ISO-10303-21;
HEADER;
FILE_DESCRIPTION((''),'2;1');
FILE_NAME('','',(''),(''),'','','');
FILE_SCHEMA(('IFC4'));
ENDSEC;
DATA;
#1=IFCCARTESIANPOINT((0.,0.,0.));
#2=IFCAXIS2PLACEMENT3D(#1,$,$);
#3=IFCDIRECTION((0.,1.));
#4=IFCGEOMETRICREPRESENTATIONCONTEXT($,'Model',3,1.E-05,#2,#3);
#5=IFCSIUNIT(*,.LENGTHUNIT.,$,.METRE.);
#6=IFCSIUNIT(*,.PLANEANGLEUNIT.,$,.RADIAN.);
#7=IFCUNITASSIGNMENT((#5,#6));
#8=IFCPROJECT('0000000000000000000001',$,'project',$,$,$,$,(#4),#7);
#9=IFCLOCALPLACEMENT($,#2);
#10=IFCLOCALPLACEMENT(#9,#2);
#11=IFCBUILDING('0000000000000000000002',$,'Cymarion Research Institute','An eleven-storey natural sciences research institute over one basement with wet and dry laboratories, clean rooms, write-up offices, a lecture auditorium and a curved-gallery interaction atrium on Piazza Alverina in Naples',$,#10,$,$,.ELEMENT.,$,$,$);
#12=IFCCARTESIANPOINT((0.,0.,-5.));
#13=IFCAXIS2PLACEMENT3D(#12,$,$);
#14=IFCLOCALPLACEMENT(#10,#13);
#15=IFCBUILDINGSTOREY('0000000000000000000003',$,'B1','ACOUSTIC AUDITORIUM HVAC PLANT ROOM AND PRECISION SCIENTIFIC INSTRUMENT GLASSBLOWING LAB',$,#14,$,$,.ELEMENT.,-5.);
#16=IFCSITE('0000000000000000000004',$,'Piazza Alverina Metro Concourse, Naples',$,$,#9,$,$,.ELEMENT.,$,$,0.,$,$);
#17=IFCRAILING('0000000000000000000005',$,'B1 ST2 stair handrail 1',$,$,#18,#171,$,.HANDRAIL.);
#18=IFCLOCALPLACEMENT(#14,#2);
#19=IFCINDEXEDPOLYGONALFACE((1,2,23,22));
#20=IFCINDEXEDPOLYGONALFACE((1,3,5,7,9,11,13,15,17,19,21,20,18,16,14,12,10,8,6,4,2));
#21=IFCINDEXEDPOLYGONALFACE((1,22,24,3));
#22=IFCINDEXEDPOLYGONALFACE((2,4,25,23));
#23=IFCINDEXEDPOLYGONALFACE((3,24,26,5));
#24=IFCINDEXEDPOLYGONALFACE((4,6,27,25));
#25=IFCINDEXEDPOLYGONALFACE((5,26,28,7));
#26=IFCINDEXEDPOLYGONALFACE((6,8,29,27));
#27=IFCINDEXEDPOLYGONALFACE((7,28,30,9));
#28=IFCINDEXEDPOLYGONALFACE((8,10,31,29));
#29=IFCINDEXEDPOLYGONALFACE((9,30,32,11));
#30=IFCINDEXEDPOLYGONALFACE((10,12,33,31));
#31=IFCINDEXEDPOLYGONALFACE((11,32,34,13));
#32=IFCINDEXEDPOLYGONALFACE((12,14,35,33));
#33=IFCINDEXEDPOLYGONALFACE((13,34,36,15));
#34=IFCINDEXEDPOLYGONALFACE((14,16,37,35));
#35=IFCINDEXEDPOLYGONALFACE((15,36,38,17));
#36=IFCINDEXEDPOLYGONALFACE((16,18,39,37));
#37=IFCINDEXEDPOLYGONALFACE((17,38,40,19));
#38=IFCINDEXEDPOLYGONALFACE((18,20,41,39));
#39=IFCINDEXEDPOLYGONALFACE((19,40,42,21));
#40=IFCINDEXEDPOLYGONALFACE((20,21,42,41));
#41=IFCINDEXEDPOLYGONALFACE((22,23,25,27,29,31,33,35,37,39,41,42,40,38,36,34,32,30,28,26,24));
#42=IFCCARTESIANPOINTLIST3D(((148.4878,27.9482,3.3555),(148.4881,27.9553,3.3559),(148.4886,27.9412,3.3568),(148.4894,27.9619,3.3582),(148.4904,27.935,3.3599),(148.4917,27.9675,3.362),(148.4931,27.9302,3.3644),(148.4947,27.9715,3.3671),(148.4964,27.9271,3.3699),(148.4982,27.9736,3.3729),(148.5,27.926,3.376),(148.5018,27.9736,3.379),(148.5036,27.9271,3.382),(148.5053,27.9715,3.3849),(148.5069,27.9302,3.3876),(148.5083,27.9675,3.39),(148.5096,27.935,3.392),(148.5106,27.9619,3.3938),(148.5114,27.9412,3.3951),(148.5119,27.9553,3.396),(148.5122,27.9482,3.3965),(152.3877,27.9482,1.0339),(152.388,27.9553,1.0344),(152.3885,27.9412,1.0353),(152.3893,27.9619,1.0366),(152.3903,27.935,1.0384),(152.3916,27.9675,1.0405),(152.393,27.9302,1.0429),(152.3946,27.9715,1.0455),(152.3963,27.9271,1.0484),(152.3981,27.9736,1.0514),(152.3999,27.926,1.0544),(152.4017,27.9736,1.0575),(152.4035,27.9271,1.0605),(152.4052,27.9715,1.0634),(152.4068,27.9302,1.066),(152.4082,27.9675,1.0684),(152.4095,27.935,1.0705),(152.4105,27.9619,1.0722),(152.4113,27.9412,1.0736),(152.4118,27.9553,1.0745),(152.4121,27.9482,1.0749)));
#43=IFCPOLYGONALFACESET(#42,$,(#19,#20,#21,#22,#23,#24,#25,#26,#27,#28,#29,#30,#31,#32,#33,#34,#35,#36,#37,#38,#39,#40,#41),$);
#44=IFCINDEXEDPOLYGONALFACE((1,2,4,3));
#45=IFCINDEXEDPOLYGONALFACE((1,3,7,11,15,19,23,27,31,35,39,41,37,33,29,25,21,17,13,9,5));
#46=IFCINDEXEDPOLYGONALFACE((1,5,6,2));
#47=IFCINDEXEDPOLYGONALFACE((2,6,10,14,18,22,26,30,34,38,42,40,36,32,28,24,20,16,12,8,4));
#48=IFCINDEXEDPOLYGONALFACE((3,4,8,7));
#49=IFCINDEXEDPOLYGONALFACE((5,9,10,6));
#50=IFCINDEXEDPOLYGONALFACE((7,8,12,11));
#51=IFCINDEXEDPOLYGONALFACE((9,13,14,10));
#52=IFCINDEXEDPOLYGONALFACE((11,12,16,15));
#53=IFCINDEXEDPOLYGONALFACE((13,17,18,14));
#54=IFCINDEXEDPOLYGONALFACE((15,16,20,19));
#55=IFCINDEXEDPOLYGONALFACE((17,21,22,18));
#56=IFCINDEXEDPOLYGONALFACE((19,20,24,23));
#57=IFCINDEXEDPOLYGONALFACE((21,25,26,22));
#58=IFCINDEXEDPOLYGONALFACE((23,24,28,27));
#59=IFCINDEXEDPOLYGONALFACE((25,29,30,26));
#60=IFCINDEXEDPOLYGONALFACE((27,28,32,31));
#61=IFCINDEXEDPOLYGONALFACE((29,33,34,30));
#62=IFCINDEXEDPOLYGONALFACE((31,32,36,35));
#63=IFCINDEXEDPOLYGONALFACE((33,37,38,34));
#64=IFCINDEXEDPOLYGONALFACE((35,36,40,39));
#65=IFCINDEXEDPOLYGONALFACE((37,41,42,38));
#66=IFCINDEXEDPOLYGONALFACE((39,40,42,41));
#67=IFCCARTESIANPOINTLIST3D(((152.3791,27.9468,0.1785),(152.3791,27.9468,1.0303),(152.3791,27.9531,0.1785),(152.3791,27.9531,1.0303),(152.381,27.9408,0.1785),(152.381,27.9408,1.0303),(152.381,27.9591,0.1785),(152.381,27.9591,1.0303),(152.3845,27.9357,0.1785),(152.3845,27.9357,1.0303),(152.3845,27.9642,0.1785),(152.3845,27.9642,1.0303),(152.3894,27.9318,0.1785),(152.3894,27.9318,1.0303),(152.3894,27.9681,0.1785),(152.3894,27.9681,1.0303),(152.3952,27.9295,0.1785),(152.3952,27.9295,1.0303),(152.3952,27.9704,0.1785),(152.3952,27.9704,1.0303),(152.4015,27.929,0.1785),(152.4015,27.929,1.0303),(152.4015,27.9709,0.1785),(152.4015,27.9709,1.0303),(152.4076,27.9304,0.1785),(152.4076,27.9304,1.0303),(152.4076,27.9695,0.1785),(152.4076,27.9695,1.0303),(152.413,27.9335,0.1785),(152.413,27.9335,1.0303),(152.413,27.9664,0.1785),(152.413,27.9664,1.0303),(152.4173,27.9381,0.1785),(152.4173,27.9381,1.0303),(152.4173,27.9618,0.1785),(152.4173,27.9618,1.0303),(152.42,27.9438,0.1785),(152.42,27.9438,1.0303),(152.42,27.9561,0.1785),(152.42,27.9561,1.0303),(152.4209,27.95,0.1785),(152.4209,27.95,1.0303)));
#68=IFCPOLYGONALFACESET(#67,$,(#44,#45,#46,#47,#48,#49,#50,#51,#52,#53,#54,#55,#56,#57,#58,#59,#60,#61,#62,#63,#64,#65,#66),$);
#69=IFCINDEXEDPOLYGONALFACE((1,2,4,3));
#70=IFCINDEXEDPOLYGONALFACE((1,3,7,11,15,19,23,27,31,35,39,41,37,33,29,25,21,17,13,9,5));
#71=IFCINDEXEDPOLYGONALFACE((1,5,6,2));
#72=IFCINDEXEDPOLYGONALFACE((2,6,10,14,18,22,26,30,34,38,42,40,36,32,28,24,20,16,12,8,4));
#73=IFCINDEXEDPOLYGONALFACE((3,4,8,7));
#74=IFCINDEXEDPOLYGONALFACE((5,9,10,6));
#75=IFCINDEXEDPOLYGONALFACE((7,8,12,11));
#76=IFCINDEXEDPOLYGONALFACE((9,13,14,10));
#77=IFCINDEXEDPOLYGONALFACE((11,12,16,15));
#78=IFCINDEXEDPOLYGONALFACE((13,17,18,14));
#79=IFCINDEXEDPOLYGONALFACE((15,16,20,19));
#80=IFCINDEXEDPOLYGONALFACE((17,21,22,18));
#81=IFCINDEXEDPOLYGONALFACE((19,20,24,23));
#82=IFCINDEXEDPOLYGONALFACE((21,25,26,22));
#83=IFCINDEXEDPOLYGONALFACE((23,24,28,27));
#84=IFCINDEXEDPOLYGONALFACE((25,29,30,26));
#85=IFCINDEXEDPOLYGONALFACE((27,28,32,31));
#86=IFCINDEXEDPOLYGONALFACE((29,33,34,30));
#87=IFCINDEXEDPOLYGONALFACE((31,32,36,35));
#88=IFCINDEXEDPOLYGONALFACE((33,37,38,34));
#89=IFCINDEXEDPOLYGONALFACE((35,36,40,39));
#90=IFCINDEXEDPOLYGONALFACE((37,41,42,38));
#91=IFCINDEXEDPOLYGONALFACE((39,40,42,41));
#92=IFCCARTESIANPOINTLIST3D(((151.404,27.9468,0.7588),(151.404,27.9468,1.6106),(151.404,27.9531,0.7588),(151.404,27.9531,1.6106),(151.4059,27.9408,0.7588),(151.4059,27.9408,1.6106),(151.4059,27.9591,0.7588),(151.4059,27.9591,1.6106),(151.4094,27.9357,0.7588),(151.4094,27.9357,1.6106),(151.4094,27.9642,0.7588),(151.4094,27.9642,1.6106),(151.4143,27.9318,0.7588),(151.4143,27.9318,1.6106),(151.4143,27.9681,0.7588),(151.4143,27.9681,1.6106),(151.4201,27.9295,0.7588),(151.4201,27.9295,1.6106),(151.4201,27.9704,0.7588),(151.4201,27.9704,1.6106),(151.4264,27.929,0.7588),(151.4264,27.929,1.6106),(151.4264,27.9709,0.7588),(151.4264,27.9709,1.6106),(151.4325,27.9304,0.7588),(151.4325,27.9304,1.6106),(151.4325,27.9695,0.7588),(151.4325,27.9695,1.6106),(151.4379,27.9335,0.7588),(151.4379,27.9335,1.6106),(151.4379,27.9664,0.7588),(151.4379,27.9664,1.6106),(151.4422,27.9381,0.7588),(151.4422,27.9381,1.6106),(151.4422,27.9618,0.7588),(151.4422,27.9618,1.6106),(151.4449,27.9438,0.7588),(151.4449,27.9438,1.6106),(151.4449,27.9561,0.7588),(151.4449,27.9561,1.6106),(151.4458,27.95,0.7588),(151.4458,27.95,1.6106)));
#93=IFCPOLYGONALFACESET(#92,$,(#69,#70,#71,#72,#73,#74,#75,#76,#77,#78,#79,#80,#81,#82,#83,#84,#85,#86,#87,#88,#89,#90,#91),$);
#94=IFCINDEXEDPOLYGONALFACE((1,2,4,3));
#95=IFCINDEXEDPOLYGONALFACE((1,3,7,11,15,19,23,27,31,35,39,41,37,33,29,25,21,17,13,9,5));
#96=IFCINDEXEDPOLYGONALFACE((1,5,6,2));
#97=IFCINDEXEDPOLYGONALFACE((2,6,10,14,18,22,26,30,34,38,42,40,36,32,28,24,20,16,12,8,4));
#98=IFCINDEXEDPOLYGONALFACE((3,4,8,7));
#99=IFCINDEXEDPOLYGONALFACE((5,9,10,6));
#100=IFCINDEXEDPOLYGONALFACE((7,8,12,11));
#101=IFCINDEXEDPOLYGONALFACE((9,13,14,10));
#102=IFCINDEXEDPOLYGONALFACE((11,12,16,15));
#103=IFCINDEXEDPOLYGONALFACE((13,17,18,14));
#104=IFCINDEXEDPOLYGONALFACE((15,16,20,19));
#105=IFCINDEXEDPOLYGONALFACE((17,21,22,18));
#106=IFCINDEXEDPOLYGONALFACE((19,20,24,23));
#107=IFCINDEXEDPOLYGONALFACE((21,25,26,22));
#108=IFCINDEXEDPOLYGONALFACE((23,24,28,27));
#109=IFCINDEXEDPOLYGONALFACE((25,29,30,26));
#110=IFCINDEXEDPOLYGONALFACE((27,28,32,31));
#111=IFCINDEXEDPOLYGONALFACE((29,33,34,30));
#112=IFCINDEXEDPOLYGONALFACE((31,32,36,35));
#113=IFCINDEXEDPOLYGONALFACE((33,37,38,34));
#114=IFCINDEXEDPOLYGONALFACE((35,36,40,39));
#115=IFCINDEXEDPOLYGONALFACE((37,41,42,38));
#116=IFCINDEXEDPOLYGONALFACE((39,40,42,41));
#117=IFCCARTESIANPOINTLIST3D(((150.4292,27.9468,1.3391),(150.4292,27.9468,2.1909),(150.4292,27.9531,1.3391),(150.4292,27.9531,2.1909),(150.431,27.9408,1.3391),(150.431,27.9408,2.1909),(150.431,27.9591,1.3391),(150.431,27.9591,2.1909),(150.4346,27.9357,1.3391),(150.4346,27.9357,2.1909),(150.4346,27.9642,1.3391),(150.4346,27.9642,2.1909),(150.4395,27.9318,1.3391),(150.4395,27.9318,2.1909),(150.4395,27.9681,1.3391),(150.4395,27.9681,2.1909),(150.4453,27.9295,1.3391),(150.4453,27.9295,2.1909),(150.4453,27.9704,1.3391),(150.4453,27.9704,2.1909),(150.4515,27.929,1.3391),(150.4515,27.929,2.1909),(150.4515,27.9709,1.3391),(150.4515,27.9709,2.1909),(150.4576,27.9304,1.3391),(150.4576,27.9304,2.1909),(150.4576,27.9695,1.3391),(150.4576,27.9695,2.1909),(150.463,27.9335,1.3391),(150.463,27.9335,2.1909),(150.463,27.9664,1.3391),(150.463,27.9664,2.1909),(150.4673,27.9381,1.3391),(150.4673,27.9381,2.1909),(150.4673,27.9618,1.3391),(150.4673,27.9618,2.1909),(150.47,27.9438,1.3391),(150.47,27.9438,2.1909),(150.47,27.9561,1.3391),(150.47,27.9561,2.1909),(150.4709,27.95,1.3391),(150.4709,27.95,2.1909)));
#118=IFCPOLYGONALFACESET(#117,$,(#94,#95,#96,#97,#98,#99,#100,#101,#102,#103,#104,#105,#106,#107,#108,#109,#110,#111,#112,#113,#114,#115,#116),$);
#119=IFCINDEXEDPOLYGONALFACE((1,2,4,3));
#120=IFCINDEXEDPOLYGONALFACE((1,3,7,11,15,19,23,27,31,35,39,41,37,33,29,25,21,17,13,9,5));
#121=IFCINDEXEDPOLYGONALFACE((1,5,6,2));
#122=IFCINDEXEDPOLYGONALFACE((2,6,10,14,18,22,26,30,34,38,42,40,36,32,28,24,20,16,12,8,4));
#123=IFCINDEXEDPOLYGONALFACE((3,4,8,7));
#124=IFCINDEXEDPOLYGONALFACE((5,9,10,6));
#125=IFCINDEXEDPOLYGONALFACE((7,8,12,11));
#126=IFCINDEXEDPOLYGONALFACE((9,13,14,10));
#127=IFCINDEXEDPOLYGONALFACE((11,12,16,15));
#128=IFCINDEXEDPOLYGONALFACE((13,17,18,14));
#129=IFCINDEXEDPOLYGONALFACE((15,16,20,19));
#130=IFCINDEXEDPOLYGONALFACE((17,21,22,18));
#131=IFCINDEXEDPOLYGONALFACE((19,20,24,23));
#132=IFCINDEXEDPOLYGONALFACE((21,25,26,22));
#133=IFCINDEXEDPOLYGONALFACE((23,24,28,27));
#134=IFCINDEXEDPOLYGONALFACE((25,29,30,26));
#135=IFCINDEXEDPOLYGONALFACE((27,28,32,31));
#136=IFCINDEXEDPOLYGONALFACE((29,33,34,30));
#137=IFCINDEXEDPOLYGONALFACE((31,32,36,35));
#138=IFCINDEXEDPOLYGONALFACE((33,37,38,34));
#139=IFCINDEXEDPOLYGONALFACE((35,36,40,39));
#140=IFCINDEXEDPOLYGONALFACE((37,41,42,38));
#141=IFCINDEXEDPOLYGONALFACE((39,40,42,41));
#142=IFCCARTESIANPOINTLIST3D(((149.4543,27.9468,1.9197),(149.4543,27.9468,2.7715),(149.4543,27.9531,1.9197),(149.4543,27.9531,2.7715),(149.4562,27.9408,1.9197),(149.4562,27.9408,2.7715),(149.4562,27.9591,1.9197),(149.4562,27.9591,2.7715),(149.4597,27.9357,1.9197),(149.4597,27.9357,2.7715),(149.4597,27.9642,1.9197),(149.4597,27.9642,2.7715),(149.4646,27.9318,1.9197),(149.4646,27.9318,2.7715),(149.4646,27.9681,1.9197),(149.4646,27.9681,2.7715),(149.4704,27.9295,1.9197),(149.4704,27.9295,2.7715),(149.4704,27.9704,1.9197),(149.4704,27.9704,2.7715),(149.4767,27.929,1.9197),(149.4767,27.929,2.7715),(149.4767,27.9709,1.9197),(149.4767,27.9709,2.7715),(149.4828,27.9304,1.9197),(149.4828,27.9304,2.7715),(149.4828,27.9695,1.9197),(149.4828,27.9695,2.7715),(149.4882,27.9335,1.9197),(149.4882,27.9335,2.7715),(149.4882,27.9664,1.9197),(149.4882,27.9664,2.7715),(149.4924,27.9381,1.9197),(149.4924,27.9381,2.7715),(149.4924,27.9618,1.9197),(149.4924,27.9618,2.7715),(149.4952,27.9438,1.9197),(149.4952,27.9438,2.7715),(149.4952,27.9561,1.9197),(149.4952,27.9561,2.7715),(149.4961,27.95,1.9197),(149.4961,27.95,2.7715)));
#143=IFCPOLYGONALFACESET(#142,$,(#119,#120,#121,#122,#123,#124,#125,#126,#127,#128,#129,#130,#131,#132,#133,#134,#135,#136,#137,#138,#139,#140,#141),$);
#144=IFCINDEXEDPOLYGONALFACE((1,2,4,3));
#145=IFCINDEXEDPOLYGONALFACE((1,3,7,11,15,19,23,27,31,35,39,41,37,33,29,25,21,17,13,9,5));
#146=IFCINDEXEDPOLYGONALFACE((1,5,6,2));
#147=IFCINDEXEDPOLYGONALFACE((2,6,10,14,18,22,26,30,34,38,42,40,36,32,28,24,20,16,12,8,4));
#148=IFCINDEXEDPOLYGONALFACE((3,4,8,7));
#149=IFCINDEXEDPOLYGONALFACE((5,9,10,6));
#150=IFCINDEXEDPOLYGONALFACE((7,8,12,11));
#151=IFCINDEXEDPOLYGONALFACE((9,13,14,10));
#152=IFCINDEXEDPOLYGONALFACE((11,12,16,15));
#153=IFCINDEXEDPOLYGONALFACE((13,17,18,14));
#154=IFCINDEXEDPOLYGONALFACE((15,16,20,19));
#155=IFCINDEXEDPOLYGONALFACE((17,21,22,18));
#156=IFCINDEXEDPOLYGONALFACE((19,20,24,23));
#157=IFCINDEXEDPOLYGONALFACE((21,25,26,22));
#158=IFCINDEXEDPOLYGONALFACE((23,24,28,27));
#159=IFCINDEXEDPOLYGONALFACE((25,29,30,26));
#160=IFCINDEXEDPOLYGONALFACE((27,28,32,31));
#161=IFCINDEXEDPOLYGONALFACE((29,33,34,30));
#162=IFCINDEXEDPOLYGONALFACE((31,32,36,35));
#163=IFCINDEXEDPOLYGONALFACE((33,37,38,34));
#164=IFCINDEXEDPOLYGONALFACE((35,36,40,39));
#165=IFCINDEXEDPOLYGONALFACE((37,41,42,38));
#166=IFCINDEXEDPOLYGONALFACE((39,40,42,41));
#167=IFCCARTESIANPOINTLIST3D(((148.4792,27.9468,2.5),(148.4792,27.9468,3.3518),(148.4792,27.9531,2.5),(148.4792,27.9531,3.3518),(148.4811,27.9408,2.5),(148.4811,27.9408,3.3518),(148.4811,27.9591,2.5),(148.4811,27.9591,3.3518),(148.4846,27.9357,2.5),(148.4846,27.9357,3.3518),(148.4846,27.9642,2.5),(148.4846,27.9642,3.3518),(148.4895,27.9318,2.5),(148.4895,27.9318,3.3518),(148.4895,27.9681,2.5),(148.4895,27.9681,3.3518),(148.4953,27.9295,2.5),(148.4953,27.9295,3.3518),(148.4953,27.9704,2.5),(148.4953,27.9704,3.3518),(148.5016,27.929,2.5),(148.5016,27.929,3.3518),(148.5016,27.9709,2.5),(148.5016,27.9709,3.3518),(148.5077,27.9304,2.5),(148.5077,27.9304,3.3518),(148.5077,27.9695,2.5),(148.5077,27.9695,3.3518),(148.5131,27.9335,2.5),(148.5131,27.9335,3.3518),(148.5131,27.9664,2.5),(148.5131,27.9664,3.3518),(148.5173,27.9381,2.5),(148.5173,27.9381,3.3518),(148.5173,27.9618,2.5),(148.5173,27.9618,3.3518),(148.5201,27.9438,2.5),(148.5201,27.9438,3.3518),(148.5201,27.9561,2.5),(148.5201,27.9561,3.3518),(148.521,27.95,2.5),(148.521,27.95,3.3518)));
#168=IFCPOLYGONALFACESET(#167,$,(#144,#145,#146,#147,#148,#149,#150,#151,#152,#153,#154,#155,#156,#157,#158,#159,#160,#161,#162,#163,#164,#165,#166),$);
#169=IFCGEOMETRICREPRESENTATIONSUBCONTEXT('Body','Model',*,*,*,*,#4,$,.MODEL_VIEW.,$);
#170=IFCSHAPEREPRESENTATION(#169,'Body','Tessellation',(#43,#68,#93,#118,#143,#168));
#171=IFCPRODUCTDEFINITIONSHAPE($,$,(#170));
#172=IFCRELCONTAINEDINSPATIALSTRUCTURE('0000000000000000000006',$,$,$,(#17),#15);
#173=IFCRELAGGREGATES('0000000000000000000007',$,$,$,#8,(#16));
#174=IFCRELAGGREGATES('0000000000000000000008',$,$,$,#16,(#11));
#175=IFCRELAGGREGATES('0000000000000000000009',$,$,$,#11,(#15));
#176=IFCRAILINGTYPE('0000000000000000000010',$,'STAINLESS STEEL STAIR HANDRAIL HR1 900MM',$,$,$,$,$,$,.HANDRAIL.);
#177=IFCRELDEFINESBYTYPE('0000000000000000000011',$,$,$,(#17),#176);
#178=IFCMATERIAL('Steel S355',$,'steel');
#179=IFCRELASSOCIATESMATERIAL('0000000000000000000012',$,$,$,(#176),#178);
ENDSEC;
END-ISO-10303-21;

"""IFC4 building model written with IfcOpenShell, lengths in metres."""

from ifc_helpers import new_model, si_unit, direction, frame, origin, origin_2d, place, context, subcontext, project, spatial, circle, extrude, material, type_object, element, save


model = new_model("IFC4")

# Units and contexts
model_context = context("Model", 3, precision=1e-05, world=origin(), true_north=direction((0.0, 1.0)))
body_context = subcontext(model_context, "Body", "Model", "MODEL_VIEW")
ifc_project = project(units=[si_unit("LENGTHUNIT", "METRE"), si_unit("PLANEANGLEUNIT", "RADIAN")], contexts=[model_context])

# Site, building, storey
site_placement = place(None, origin())
site = spatial("IfcSite", under=ifc_project, at=site_placement, Name="Piazza Alverina Metro Concourse, Naples", CompositionType="ELEMENT", RefElevation=0.0)
building_placement = place(site_placement, origin())
building = spatial("IfcBuilding", under=site, at=building_placement, Name="Cymarion Research Institute", Description="An eleven-storey natural sciences research institute over one basement with wet and dry laboratories, clean rooms, write-up offices, a lecture auditorium and a curved-gallery interaction atrium on Piazza Alverina in Naples", CompositionType="ELEMENT")
storey_placement = place(building_placement, frame((0.0, 0.0, -5.0)))
storey = spatial("IfcBuildingStorey", under=building, at=storey_placement, Name="B1", Description="ACOUSTIC AUDITORIUM HVAC PLANT ROOM AND PRECISION SCIENTIFIC INSTRUMENT GLASSBLOWING LAB", CompositionType="ELEMENT", Elevation=-5.0)

# Shared definitions
ifc_material_1 = material(Name="Steel S355", Category="steel")

# Railing
railing_type_1 = type_object("IfcRailingType", Name="STAINLESS STEEL STAIR HANDRAIL HR1 900MM", PredefinedType="HANDRAIL", material=ifc_material_1)
railing_1_placement = place(storey_placement, frame((152.3999, 27.95, 0.1785)))
element("IfcRailing", 1, at=railing_1_placement, inside=storey, type_object=railing_type_1, Name="B1 ST2 stair handrail 1", PredefinedType="HANDRAIL", context=body_context, shape_type="SweptSolid", body=[
    extrude(circle(Radius=0.0239, at=origin_2d()), frame((0.0, 0.0, 0.876), z_axis=(-0.859277, 0.0, 0.51151), x_axis=(0.0, -1.0, 0.0)), (0.0, 0.0, 1.0), 4.5386),
    extrude(circle(Radius=0.021, at=origin_2d()), origin(), (0.0, 0.0, 1.0), 0.8518),
    extrude(circle(Radius=0.021, at=origin_2d()), frame((-0.9751, 0.0, 0.5803)), (0.0, 0.0, 1.0), 0.8518),
    extrude(circle(Radius=0.021, at=origin_2d()), frame((-1.95, 0.0, 1.1606)), (0.0, 0.0, 1.0), 0.8518),
    extrude(circle(Radius=0.021, at=origin_2d()), frame((-2.9248, 0.0, 1.7412)), (0.0, 0.0, 1.0), 0.8518),
    extrude(circle(Radius=0.021, at=origin_2d()), frame((-3.8999, 0.0, 2.3215)), (0.0, 0.0, 1.0), 0.8518),
])

save(model, "model.ifc")
